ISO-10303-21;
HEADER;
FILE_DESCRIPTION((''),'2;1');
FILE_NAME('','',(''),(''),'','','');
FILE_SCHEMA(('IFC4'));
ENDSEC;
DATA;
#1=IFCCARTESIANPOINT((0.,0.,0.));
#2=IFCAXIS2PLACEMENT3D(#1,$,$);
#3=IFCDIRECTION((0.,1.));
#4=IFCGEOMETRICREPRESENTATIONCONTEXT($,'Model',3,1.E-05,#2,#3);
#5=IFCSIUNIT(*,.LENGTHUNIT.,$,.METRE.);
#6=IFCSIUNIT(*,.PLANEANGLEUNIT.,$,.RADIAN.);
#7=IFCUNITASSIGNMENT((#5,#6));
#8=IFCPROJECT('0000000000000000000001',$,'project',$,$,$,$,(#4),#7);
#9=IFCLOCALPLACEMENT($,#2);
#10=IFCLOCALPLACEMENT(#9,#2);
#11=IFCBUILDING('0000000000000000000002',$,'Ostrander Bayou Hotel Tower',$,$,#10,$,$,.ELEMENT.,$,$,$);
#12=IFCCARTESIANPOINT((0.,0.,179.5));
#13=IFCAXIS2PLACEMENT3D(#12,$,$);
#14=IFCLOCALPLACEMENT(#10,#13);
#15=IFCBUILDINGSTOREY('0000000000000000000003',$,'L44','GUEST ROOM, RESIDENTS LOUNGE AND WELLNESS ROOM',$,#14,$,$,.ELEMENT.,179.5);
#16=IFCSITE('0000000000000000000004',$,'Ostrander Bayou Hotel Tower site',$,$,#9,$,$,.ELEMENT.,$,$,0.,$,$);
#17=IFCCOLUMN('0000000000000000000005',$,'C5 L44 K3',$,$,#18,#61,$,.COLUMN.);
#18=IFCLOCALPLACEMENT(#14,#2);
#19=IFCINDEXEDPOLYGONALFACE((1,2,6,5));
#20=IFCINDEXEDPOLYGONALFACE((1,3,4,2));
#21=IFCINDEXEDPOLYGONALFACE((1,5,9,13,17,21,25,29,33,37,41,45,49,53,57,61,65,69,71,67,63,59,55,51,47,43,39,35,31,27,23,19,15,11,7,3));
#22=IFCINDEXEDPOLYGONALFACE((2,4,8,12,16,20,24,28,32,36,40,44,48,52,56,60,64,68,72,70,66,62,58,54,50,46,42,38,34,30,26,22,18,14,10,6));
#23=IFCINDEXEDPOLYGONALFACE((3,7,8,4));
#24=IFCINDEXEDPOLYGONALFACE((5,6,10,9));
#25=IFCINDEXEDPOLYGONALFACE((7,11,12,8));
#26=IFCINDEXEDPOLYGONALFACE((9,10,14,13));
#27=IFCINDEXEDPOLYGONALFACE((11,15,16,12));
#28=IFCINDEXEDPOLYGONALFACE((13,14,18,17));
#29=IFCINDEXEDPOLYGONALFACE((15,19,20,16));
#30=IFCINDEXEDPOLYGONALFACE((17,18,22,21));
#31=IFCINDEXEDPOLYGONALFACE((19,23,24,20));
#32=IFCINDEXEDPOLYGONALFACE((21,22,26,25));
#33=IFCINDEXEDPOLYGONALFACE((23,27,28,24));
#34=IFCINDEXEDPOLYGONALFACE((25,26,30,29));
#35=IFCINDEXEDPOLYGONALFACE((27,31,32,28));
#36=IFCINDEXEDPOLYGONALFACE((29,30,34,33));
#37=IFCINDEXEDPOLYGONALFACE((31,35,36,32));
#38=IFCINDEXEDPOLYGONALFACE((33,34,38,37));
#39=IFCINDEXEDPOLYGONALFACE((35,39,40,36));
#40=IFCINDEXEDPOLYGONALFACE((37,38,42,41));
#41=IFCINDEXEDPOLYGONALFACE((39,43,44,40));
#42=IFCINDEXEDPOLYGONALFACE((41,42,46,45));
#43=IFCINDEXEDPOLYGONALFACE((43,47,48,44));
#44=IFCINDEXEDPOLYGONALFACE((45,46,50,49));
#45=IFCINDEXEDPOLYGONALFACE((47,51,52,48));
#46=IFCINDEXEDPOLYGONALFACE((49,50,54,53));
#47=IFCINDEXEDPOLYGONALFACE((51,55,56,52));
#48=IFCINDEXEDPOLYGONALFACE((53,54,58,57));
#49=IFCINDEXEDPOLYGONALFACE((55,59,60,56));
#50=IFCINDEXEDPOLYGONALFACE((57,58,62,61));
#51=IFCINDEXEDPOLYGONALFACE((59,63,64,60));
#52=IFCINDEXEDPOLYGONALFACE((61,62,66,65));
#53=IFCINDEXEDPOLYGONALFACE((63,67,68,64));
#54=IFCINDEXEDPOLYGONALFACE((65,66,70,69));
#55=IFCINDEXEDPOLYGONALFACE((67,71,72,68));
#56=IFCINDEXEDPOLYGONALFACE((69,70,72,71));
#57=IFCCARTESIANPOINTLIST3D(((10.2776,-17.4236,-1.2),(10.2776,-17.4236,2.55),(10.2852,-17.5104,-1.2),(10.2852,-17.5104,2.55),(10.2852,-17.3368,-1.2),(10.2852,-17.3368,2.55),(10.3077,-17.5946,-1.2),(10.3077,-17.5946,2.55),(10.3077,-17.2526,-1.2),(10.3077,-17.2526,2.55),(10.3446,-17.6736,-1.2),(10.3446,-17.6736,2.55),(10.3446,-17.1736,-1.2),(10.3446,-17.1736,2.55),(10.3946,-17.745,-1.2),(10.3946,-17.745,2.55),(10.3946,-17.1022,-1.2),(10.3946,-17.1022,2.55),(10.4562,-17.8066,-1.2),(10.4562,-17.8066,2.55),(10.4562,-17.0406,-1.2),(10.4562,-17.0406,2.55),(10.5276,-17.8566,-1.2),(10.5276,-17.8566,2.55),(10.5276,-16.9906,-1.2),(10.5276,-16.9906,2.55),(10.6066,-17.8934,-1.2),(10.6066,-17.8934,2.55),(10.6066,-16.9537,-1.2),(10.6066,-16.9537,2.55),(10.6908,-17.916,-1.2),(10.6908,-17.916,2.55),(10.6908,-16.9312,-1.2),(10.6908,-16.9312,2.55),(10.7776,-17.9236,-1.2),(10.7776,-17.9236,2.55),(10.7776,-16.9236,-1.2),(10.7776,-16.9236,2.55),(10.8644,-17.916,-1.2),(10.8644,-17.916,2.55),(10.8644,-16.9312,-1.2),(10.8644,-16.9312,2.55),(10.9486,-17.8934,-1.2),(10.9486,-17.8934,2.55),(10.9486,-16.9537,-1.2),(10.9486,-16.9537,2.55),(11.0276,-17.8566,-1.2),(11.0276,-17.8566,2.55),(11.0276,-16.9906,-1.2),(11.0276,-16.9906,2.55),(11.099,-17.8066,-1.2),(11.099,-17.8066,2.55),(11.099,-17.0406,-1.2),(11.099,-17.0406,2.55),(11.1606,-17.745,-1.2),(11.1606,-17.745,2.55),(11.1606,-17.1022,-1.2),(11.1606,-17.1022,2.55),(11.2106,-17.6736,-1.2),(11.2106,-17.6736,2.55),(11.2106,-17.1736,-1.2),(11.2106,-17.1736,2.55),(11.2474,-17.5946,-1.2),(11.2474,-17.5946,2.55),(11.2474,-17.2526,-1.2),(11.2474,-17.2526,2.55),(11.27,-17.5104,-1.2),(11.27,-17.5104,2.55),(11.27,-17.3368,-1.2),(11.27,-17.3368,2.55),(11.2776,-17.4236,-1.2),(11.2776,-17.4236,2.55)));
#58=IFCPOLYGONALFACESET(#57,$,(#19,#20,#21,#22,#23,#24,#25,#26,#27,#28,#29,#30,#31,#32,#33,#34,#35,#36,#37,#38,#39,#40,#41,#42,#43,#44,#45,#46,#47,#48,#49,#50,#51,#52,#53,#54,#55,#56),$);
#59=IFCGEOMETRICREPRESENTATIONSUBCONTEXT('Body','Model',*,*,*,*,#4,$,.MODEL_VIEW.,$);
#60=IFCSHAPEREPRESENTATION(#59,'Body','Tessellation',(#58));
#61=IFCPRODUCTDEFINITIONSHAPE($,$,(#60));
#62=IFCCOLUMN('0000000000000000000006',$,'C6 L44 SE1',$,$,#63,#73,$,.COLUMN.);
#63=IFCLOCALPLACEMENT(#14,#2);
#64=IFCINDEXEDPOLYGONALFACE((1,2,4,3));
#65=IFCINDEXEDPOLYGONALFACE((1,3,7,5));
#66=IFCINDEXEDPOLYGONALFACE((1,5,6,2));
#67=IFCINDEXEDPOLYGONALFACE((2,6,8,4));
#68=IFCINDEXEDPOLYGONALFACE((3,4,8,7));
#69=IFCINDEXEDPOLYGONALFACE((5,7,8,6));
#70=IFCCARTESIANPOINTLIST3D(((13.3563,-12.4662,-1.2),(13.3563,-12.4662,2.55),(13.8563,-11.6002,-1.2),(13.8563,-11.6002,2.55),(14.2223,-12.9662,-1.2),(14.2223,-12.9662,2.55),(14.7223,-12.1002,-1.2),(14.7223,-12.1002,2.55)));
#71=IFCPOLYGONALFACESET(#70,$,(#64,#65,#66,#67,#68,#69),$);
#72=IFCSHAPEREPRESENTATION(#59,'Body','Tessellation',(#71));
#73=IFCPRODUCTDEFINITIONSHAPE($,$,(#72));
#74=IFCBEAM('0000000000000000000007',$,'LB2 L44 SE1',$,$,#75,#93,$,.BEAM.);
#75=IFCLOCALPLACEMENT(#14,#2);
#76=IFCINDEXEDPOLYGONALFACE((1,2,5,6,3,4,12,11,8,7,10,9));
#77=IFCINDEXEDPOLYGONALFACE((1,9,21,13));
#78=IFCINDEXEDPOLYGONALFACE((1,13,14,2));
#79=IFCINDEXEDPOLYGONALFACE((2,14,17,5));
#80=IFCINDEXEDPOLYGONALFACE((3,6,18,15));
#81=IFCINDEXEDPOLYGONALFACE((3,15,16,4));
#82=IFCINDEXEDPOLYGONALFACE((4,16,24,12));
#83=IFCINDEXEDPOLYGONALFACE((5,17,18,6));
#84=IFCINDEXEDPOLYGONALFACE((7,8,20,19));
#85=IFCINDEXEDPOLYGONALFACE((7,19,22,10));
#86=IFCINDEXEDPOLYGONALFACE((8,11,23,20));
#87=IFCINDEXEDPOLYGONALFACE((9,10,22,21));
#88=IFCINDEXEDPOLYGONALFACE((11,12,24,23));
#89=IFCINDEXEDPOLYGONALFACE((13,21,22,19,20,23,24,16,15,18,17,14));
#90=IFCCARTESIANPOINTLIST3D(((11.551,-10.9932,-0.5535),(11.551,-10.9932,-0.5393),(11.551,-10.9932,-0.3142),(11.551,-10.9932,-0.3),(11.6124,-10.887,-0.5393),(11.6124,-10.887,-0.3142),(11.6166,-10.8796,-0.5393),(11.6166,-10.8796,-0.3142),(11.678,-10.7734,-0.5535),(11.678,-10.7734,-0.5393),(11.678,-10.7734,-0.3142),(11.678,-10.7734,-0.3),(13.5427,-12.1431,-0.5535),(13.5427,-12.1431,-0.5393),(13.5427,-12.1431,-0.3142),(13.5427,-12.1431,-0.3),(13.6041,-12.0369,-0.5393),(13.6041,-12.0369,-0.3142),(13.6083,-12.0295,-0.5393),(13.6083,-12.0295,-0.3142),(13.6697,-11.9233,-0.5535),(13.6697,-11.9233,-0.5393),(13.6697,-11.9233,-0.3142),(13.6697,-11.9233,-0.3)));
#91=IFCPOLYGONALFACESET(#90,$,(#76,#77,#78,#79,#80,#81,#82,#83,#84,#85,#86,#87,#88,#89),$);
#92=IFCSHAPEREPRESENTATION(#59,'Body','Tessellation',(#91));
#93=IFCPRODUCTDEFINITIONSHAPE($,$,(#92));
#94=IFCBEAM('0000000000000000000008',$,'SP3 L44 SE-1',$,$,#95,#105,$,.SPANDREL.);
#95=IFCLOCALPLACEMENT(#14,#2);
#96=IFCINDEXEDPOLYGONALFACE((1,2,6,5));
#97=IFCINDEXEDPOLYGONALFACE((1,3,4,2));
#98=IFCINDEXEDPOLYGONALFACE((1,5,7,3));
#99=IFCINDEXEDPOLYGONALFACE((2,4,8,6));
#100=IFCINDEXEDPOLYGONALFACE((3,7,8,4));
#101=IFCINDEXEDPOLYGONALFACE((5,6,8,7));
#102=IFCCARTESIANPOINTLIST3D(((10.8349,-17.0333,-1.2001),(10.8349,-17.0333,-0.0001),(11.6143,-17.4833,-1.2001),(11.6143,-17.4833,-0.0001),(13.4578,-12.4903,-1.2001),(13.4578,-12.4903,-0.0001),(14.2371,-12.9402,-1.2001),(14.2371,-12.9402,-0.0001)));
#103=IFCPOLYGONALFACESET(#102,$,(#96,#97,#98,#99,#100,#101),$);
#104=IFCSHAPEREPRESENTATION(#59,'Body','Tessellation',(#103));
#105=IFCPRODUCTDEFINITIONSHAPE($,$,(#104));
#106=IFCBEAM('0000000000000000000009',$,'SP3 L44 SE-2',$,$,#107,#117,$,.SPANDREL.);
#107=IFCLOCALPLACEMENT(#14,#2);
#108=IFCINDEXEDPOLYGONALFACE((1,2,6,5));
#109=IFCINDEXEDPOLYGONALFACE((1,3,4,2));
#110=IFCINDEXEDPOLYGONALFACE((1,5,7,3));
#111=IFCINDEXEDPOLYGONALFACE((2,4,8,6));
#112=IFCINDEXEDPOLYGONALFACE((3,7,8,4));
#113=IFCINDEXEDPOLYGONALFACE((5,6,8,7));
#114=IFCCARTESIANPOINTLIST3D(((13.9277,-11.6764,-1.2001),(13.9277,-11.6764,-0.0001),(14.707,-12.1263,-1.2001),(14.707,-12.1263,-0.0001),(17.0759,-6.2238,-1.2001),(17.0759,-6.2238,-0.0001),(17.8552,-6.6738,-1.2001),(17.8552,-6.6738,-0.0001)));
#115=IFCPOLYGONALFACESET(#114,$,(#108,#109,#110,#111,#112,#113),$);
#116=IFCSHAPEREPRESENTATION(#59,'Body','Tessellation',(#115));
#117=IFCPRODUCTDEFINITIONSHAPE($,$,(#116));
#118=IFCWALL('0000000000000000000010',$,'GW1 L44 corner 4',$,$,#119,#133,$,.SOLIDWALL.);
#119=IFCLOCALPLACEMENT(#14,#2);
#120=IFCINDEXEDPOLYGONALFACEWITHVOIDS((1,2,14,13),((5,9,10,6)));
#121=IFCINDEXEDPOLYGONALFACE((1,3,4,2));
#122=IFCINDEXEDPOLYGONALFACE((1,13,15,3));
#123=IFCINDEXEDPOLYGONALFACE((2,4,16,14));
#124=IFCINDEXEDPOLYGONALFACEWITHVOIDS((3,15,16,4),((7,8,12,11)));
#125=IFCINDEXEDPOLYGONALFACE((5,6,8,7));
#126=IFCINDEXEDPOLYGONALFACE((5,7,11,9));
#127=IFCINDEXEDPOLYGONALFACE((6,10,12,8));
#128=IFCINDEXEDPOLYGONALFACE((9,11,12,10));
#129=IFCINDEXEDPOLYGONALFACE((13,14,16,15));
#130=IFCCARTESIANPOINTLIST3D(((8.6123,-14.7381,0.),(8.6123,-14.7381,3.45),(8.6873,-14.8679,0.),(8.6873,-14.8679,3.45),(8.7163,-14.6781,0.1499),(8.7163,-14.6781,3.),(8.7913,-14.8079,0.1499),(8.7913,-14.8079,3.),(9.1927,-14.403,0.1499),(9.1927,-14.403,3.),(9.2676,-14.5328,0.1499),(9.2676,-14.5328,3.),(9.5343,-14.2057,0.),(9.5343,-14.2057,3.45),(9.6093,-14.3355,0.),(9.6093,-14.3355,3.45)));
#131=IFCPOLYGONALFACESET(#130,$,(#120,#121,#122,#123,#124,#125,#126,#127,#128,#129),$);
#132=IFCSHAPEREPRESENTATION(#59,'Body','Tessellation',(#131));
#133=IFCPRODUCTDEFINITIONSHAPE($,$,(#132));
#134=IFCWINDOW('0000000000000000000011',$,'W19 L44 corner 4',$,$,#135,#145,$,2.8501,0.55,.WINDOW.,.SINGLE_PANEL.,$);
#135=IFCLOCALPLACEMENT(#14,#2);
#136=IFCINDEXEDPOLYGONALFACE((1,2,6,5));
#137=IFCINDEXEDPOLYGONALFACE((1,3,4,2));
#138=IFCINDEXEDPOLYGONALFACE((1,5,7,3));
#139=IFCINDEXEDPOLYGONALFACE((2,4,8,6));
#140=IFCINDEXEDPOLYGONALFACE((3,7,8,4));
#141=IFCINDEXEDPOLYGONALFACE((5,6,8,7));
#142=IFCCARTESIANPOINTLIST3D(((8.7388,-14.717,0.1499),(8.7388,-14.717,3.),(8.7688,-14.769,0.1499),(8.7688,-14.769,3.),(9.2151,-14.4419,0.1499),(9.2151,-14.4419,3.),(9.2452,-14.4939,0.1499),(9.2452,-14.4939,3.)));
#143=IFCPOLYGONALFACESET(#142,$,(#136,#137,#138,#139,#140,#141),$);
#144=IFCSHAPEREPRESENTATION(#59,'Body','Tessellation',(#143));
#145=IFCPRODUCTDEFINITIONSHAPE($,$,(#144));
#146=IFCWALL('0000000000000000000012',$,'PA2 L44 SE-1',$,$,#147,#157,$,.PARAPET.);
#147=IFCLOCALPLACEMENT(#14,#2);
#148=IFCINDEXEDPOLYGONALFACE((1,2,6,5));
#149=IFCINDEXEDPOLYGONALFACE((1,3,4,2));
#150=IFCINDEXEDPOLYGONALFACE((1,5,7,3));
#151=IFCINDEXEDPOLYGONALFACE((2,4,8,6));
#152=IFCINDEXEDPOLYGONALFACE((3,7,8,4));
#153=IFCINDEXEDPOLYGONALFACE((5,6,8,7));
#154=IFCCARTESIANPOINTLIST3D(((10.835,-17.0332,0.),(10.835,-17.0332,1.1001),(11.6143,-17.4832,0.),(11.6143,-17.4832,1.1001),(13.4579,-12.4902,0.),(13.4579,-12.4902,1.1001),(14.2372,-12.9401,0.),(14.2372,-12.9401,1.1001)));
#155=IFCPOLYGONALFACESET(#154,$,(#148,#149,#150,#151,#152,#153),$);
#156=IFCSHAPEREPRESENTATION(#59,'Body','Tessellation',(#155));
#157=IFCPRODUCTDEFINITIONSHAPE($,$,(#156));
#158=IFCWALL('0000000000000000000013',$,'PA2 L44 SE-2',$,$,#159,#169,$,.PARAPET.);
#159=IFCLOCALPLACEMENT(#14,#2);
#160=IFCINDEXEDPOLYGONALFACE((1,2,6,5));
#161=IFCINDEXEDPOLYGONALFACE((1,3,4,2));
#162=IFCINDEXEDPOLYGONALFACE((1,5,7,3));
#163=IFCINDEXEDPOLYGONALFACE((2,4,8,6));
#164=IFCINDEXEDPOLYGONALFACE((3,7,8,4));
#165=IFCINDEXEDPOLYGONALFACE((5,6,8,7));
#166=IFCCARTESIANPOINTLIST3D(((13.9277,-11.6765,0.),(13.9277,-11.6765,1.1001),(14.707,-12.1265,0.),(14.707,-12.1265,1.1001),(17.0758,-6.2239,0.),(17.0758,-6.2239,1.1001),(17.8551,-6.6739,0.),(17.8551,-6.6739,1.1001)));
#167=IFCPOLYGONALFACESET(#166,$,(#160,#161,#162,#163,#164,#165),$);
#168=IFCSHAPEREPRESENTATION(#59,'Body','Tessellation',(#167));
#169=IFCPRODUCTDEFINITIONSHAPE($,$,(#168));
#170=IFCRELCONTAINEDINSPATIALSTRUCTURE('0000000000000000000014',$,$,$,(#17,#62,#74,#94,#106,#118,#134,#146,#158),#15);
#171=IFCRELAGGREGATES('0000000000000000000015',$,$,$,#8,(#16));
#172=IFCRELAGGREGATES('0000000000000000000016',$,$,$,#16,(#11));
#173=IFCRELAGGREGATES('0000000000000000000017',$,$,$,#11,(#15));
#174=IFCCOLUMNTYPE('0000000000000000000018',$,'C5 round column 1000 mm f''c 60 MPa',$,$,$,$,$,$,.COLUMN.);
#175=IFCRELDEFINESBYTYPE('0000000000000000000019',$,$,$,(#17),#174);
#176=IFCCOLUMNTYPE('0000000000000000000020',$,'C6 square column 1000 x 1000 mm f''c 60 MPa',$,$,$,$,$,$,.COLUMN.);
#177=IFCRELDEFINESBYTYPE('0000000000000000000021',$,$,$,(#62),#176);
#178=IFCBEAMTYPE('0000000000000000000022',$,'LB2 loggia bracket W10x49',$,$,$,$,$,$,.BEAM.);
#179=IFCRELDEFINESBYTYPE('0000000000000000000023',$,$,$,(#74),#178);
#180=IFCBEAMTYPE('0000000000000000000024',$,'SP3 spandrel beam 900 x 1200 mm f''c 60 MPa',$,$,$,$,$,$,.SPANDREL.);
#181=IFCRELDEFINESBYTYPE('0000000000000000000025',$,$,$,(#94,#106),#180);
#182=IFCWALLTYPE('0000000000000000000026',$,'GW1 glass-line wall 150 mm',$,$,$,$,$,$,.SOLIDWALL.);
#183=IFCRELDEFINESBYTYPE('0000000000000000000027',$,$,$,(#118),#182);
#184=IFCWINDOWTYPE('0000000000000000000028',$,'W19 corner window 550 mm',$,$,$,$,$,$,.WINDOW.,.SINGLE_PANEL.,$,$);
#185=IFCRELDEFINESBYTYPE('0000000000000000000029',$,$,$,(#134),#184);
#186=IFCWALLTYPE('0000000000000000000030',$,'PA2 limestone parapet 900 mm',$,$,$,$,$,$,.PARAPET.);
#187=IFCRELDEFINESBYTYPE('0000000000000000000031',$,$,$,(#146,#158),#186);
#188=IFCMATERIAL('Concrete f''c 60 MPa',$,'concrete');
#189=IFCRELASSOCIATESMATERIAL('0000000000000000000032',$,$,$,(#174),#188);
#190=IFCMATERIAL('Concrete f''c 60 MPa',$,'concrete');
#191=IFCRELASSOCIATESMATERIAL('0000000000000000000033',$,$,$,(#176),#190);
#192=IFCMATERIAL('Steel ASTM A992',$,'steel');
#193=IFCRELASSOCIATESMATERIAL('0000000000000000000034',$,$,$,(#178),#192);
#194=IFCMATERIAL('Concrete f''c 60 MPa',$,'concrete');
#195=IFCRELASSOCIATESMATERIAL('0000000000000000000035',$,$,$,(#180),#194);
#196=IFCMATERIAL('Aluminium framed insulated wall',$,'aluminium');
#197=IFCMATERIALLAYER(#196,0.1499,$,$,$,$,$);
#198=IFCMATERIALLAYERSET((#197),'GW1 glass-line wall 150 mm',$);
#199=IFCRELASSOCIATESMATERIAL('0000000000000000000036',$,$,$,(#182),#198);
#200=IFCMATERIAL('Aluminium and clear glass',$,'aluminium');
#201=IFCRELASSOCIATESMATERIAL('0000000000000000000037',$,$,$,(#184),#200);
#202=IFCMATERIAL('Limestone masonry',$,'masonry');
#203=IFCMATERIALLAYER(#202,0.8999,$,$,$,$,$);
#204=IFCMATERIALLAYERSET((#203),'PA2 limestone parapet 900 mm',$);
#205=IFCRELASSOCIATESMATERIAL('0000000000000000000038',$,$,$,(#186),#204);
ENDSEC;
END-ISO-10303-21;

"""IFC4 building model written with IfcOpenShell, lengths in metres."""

from ifc_helpers import new_model, si_unit, direction, frame, frame_2d, origin, origin_2d, place, context, subcontext, project, spatial, rectangle, circle, i_section, extrude, material, layer, layer_set, material_profile, profile_set, type_object, element, fill, save


model = new_model("IFC4")

# Units and contexts
model_context = context("Model", 3, precision=1e-05, world=origin(), true_north=direction((0.0, 1.0)))
body_context = subcontext(model_context, "Body", "Model", "MODEL_VIEW")
ifc_project = project(units=[si_unit("LENGTHUNIT", "METRE"), si_unit("PLANEANGLEUNIT", "RADIAN")], contexts=[model_context])

# Site, building, storey
site_placement = place(None, origin())
site = spatial("IfcSite", under=ifc_project, at=site_placement, Name="Ostrander Bayou Hotel Tower site", CompositionType="ELEMENT", RefElevation=0.0)
building_placement = place(site_placement, origin())
building = spatial("IfcBuilding", under=site, at=building_placement, Name="Ostrander Bayou Hotel Tower", CompositionType="ELEMENT")
storey_placement = place(building_placement, frame((0.0, 0.0, 179.5)))
storey = spatial("IfcBuildingStorey", under=building, at=storey_placement, Name="L44", Description="GUEST ROOM, RESIDENTS LOUNGE AND WELLNESS ROOM", CompositionType="ELEMENT", Elevation=179.5)

# Columns
ifc_material_1 = material(Name="Concrete f'c 60 MPa", Category="concrete")
ifc_material_profile_1 = material_profile(ifc_material_1, circle(Radius=0.5, at=origin_2d()))
ifc_profile_set_1 = profile_set([ifc_material_profile_1], Name="Concrete f'c 60 MPa")
column_type_1 = type_object("IfcColumnType", Name="C5 round column 1000 mm f'c 60 MPa", PredefinedType="COLUMN", material=ifc_profile_set_1)
column_1_placement = place(storey_placement, frame((10.7776, -17.4236, -1.2), z_axis=(0.0, 0.0, 1.0), x_axis=(1.0, 0.0, 0.0)))
element("IfcColumn", 1, at=column_1_placement, inside=storey, type_object=column_type_1, Name="C5 L44 K3", PredefinedType="COLUMN", context=body_context, shape_type="SweptSolid", body=[
    extrude(circle(Radius=0.5, at=origin_2d()), origin(), (0.0, 0.0, 1.0), 3.75),
])
ifc_material_2 = material(Name="Concrete f'c 60 MPa", Category="concrete")
ifc_material_profile_2 = material_profile(ifc_material_2, rectangle(XDim=1.0, YDim=1.0, at=origin_2d()))
ifc_profile_set_2 = profile_set([ifc_material_profile_2], Name="Concrete f'c 60 MPa")
column_type_2 = type_object("IfcColumnType", Name="C6 square column 1000 x 1000 mm f'c 60 MPa", PredefinedType="COLUMN", material=ifc_profile_set_2)
column_2_placement = place(storey_placement, frame((14.0393, -12.2832, -1.2), z_axis=(0.0, 0.0, 1.0), x_axis=(-0.5, -0.866025, 0.0)))
element("IfcColumn", 2, at=column_2_placement, inside=storey, type_object=column_type_2, Name="C6 L44 SE1", PredefinedType="COLUMN", context=body_context, shape_type="SweptSolid", body=[
    extrude(rectangle(XDim=1.0, YDim=1.0, at=origin_2d()), origin(), (0.0, 0.0, 1.0), 3.75),
])

# Beams
ifc_material_3 = material(Name="Steel ASTM A992", Category="steel")
ifc_material_profile_3 = material_profile(ifc_material_3, i_section(OverallWidth=0.2539, OverallDepth=0.2534, WebThickness=0.0085, FlangeThickness=0.0142, at=origin_2d()))
ifc_profile_set_3 = profile_set([ifc_material_profile_3], Name="Steel ASTM A992")
beam_type_1 = type_object("IfcBeamType", Name="LB2 loggia bracket W10x49", PredefinedType="BEAM", material=ifc_profile_set_3)
beam_1_placement = place(storey_placement, frame((13.6062, -12.0332, -0.4268), z_axis=(-0.866026, 0.499998, 0.0), x_axis=(-0.499998, -0.866026, 0.0)))
element("IfcBeam", 3, at=beam_1_placement, inside=storey, type_object=beam_type_1, Name="LB2 L44 SE1", PredefinedType="BEAM", context=body_context, shape_type="SweptSolid", body=[
    extrude(i_section(OverallWidth=0.2539, OverallDepth=0.2534, WebThickness=0.0085, FlangeThickness=0.0142, at=origin_2d()), origin(), (0.0, 0.0, 1.0), 2.2998),
])
ifc_material_4 = material(Name="Concrete f'c 60 MPa", Category="concrete")
ifc_material_profile_4 = material_profile(ifc_material_4, rectangle(XDim=0.8999, YDim=1.2, at=origin_2d()))
ifc_profile_set_4 = profile_set([ifc_material_profile_4], Name="Concrete f'c 60 MPa")
beam_type_2 = type_object("IfcBeamType", Name="SP3 spandrel beam 900 x 1200 mm f'c 60 MPa", PredefinedType="SPANDREL", material=ifc_profile_set_4)
beam_2_placement = place(storey_placement, frame((11.2246, -17.2583, -0.6001), z_axis=(0.499988, 0.866032, 0.0), x_axis=(-0.866032, 0.499988, 0.0)))
element("IfcBeam", 4, at=beam_2_placement, inside=storey, type_object=beam_type_2, Name="SP3 L44 SE-1", PredefinedType="SPANDREL", context=body_context, shape_type="SweptSolid", body=[
    extrude(rectangle(XDim=0.8999, YDim=1.2, at=origin_2d()), origin(), (0.0, 0.0, 1.0), 5.2458),
])
beam_3_placement = place(storey_placement, frame((14.3174, -11.9014, -0.6001), z_axis=(0.500013, 0.866018, 0.0), x_axis=(-0.866018, 0.500013, 0.0)))
element("IfcBeam", 5, at=beam_3_placement, inside=storey, type_object=beam_type_2, Name="SP3 L44 SE-2", PredefinedType="SPANDREL", context=body_context, shape_type="SweptSolid", body=[
    extrude(rectangle(XDim=0.8999, YDim=1.2, at=origin_2d()), origin(), (0.0, 0.0, 1.0), 6.2961),
])

# Shared definitions
ifc_material_5 = material(Name="Aluminium framed insulated wall", Category="aluminium")
ifc_layer_1 = layer(ifc_material_5, 0.1499)
ifc_layer_set_1 = layer_set([ifc_layer_1], Name="GW1 glass-line wall 150 mm")
wall_type_1 = type_object("IfcWallType", Name="GW1 glass-line wall 150 mm", PredefinedType="SOLIDWALL", material=ifc_layer_set_1)

# Wall, opening, window
wall_1_placement = place(storey_placement, frame((8.6499, -14.803, 0.0), z_axis=(0.0, 0.0, 1.0), x_axis=(0.865991, 0.50006, 0.0)))
wall_1 = element("IfcWall", 6, at=wall_1_placement, inside=storey, type_object=wall_type_1, Name="GW1 L44 corner 4", PredefinedType="SOLIDWALL", context=body_context, shape_type="SweptSolid", body=[
    extrude(rectangle(XDim=1.0647, YDim=0.1499, at=frame_2d((0.5322, 0.0))), origin(), (0.0, 0.0, 1.0), 3.45),
])
opening_1_placement = place(wall_1_placement, frame((0.1201, 0.0, 0.1499)))
opening_1 = element("IfcOpeningElement", 7, at=opening_1_placement, cuts=wall_1, PredefinedType="OPENING", context=body_context, shape_type="SweptSolid", body=[
    extrude(rectangle(XDim=0.55, YDim=2.8501, at=frame_2d((0.2749, 1.425))), frame((0.0, 0.075, 0.0), z_axis=(0.0, -1.0, 0.0), x_axis=(1.0, 0.0, 0.0)), (0.0, 0.0, 1.0), 0.1499),
])
ifc_material_6 = material(Name="Aluminium and clear glass", Category="aluminium")
window_type_1 = type_object("IfcWindowType", Name="W19 corner window 550 mm", PartitioningType="SINGLE_PANEL", PredefinedType="WINDOW", material=ifc_material_6)
window_1_placement = place(opening_1_placement, origin())
window_1 = element("IfcWindow", 8, at=window_1_placement, inside=storey, type_object=window_type_1, Name="W19 L44 corner 4", OverallHeight=2.8501, OverallWidth=0.55, PartitioningType="SINGLE_PANEL", PredefinedType="WINDOW", context=body_context, shape_type="SweptSolid", body=[
    extrude(rectangle(XDim=0.55, YDim=2.8501, at=frame_2d((0.2749, 1.425))), frame((0.0, 0.03, 0.0), z_axis=(0.0, -1.0, 0.0), x_axis=(1.0, 0.0, 0.0)), (0.0, 0.0, 1.0), 0.0601),
])
fill(opening_1, window_1)

# Walls
ifc_material_7 = material(Name="Limestone masonry", Category="masonry")
ifc_layer_2 = layer(ifc_material_7, 0.8999)
ifc_layer_set_2 = layer_set([ifc_layer_2], Name="PA2 limestone parapet 900 mm")
wall_type_2 = type_object("IfcWallType", Name="PA2 limestone parapet 900 mm", PredefinedType="PARAPET", material=ifc_layer_set_2)
wall_2_placement = place(storey_placement, frame((11.2246, -17.2583, 0.0), z_axis=(0.0, 0.0, 1.0), x_axis=(0.499988, 0.866032, 0.0)))
element("IfcWall", 9, at=wall_2_placement, inside=storey, type_object=wall_type_2, Name="PA2 L44 SE-1", PredefinedType="PARAPET", context=body_context, shape_type="SweptSolid", body=[
    extrude(rectangle(XDim=5.2458, YDim=0.8999, at=frame_2d((2.623, 0.0))), origin(), (0.0, 0.0, 1.0), 1.1001),
])
wall_3_placement = place(storey_placement, frame((14.3174, -11.9014, 0.0), z_axis=(0.0, 0.0, 1.0), x_axis=(0.500013, 0.866018, 0.0)))
element("IfcWall", 10, at=wall_3_placement, inside=storey, type_object=wall_type_2, Name="PA2 L44 SE-2", PredefinedType="PARAPET", context=body_context, shape_type="SweptSolid", body=[
    extrude(rectangle(XDim=6.2961, YDim=0.8999, at=frame_2d((3.1479, 0.0))), origin(), (0.0, 0.0, 1.0), 1.1001),
])

save(model, "model.ifc")
